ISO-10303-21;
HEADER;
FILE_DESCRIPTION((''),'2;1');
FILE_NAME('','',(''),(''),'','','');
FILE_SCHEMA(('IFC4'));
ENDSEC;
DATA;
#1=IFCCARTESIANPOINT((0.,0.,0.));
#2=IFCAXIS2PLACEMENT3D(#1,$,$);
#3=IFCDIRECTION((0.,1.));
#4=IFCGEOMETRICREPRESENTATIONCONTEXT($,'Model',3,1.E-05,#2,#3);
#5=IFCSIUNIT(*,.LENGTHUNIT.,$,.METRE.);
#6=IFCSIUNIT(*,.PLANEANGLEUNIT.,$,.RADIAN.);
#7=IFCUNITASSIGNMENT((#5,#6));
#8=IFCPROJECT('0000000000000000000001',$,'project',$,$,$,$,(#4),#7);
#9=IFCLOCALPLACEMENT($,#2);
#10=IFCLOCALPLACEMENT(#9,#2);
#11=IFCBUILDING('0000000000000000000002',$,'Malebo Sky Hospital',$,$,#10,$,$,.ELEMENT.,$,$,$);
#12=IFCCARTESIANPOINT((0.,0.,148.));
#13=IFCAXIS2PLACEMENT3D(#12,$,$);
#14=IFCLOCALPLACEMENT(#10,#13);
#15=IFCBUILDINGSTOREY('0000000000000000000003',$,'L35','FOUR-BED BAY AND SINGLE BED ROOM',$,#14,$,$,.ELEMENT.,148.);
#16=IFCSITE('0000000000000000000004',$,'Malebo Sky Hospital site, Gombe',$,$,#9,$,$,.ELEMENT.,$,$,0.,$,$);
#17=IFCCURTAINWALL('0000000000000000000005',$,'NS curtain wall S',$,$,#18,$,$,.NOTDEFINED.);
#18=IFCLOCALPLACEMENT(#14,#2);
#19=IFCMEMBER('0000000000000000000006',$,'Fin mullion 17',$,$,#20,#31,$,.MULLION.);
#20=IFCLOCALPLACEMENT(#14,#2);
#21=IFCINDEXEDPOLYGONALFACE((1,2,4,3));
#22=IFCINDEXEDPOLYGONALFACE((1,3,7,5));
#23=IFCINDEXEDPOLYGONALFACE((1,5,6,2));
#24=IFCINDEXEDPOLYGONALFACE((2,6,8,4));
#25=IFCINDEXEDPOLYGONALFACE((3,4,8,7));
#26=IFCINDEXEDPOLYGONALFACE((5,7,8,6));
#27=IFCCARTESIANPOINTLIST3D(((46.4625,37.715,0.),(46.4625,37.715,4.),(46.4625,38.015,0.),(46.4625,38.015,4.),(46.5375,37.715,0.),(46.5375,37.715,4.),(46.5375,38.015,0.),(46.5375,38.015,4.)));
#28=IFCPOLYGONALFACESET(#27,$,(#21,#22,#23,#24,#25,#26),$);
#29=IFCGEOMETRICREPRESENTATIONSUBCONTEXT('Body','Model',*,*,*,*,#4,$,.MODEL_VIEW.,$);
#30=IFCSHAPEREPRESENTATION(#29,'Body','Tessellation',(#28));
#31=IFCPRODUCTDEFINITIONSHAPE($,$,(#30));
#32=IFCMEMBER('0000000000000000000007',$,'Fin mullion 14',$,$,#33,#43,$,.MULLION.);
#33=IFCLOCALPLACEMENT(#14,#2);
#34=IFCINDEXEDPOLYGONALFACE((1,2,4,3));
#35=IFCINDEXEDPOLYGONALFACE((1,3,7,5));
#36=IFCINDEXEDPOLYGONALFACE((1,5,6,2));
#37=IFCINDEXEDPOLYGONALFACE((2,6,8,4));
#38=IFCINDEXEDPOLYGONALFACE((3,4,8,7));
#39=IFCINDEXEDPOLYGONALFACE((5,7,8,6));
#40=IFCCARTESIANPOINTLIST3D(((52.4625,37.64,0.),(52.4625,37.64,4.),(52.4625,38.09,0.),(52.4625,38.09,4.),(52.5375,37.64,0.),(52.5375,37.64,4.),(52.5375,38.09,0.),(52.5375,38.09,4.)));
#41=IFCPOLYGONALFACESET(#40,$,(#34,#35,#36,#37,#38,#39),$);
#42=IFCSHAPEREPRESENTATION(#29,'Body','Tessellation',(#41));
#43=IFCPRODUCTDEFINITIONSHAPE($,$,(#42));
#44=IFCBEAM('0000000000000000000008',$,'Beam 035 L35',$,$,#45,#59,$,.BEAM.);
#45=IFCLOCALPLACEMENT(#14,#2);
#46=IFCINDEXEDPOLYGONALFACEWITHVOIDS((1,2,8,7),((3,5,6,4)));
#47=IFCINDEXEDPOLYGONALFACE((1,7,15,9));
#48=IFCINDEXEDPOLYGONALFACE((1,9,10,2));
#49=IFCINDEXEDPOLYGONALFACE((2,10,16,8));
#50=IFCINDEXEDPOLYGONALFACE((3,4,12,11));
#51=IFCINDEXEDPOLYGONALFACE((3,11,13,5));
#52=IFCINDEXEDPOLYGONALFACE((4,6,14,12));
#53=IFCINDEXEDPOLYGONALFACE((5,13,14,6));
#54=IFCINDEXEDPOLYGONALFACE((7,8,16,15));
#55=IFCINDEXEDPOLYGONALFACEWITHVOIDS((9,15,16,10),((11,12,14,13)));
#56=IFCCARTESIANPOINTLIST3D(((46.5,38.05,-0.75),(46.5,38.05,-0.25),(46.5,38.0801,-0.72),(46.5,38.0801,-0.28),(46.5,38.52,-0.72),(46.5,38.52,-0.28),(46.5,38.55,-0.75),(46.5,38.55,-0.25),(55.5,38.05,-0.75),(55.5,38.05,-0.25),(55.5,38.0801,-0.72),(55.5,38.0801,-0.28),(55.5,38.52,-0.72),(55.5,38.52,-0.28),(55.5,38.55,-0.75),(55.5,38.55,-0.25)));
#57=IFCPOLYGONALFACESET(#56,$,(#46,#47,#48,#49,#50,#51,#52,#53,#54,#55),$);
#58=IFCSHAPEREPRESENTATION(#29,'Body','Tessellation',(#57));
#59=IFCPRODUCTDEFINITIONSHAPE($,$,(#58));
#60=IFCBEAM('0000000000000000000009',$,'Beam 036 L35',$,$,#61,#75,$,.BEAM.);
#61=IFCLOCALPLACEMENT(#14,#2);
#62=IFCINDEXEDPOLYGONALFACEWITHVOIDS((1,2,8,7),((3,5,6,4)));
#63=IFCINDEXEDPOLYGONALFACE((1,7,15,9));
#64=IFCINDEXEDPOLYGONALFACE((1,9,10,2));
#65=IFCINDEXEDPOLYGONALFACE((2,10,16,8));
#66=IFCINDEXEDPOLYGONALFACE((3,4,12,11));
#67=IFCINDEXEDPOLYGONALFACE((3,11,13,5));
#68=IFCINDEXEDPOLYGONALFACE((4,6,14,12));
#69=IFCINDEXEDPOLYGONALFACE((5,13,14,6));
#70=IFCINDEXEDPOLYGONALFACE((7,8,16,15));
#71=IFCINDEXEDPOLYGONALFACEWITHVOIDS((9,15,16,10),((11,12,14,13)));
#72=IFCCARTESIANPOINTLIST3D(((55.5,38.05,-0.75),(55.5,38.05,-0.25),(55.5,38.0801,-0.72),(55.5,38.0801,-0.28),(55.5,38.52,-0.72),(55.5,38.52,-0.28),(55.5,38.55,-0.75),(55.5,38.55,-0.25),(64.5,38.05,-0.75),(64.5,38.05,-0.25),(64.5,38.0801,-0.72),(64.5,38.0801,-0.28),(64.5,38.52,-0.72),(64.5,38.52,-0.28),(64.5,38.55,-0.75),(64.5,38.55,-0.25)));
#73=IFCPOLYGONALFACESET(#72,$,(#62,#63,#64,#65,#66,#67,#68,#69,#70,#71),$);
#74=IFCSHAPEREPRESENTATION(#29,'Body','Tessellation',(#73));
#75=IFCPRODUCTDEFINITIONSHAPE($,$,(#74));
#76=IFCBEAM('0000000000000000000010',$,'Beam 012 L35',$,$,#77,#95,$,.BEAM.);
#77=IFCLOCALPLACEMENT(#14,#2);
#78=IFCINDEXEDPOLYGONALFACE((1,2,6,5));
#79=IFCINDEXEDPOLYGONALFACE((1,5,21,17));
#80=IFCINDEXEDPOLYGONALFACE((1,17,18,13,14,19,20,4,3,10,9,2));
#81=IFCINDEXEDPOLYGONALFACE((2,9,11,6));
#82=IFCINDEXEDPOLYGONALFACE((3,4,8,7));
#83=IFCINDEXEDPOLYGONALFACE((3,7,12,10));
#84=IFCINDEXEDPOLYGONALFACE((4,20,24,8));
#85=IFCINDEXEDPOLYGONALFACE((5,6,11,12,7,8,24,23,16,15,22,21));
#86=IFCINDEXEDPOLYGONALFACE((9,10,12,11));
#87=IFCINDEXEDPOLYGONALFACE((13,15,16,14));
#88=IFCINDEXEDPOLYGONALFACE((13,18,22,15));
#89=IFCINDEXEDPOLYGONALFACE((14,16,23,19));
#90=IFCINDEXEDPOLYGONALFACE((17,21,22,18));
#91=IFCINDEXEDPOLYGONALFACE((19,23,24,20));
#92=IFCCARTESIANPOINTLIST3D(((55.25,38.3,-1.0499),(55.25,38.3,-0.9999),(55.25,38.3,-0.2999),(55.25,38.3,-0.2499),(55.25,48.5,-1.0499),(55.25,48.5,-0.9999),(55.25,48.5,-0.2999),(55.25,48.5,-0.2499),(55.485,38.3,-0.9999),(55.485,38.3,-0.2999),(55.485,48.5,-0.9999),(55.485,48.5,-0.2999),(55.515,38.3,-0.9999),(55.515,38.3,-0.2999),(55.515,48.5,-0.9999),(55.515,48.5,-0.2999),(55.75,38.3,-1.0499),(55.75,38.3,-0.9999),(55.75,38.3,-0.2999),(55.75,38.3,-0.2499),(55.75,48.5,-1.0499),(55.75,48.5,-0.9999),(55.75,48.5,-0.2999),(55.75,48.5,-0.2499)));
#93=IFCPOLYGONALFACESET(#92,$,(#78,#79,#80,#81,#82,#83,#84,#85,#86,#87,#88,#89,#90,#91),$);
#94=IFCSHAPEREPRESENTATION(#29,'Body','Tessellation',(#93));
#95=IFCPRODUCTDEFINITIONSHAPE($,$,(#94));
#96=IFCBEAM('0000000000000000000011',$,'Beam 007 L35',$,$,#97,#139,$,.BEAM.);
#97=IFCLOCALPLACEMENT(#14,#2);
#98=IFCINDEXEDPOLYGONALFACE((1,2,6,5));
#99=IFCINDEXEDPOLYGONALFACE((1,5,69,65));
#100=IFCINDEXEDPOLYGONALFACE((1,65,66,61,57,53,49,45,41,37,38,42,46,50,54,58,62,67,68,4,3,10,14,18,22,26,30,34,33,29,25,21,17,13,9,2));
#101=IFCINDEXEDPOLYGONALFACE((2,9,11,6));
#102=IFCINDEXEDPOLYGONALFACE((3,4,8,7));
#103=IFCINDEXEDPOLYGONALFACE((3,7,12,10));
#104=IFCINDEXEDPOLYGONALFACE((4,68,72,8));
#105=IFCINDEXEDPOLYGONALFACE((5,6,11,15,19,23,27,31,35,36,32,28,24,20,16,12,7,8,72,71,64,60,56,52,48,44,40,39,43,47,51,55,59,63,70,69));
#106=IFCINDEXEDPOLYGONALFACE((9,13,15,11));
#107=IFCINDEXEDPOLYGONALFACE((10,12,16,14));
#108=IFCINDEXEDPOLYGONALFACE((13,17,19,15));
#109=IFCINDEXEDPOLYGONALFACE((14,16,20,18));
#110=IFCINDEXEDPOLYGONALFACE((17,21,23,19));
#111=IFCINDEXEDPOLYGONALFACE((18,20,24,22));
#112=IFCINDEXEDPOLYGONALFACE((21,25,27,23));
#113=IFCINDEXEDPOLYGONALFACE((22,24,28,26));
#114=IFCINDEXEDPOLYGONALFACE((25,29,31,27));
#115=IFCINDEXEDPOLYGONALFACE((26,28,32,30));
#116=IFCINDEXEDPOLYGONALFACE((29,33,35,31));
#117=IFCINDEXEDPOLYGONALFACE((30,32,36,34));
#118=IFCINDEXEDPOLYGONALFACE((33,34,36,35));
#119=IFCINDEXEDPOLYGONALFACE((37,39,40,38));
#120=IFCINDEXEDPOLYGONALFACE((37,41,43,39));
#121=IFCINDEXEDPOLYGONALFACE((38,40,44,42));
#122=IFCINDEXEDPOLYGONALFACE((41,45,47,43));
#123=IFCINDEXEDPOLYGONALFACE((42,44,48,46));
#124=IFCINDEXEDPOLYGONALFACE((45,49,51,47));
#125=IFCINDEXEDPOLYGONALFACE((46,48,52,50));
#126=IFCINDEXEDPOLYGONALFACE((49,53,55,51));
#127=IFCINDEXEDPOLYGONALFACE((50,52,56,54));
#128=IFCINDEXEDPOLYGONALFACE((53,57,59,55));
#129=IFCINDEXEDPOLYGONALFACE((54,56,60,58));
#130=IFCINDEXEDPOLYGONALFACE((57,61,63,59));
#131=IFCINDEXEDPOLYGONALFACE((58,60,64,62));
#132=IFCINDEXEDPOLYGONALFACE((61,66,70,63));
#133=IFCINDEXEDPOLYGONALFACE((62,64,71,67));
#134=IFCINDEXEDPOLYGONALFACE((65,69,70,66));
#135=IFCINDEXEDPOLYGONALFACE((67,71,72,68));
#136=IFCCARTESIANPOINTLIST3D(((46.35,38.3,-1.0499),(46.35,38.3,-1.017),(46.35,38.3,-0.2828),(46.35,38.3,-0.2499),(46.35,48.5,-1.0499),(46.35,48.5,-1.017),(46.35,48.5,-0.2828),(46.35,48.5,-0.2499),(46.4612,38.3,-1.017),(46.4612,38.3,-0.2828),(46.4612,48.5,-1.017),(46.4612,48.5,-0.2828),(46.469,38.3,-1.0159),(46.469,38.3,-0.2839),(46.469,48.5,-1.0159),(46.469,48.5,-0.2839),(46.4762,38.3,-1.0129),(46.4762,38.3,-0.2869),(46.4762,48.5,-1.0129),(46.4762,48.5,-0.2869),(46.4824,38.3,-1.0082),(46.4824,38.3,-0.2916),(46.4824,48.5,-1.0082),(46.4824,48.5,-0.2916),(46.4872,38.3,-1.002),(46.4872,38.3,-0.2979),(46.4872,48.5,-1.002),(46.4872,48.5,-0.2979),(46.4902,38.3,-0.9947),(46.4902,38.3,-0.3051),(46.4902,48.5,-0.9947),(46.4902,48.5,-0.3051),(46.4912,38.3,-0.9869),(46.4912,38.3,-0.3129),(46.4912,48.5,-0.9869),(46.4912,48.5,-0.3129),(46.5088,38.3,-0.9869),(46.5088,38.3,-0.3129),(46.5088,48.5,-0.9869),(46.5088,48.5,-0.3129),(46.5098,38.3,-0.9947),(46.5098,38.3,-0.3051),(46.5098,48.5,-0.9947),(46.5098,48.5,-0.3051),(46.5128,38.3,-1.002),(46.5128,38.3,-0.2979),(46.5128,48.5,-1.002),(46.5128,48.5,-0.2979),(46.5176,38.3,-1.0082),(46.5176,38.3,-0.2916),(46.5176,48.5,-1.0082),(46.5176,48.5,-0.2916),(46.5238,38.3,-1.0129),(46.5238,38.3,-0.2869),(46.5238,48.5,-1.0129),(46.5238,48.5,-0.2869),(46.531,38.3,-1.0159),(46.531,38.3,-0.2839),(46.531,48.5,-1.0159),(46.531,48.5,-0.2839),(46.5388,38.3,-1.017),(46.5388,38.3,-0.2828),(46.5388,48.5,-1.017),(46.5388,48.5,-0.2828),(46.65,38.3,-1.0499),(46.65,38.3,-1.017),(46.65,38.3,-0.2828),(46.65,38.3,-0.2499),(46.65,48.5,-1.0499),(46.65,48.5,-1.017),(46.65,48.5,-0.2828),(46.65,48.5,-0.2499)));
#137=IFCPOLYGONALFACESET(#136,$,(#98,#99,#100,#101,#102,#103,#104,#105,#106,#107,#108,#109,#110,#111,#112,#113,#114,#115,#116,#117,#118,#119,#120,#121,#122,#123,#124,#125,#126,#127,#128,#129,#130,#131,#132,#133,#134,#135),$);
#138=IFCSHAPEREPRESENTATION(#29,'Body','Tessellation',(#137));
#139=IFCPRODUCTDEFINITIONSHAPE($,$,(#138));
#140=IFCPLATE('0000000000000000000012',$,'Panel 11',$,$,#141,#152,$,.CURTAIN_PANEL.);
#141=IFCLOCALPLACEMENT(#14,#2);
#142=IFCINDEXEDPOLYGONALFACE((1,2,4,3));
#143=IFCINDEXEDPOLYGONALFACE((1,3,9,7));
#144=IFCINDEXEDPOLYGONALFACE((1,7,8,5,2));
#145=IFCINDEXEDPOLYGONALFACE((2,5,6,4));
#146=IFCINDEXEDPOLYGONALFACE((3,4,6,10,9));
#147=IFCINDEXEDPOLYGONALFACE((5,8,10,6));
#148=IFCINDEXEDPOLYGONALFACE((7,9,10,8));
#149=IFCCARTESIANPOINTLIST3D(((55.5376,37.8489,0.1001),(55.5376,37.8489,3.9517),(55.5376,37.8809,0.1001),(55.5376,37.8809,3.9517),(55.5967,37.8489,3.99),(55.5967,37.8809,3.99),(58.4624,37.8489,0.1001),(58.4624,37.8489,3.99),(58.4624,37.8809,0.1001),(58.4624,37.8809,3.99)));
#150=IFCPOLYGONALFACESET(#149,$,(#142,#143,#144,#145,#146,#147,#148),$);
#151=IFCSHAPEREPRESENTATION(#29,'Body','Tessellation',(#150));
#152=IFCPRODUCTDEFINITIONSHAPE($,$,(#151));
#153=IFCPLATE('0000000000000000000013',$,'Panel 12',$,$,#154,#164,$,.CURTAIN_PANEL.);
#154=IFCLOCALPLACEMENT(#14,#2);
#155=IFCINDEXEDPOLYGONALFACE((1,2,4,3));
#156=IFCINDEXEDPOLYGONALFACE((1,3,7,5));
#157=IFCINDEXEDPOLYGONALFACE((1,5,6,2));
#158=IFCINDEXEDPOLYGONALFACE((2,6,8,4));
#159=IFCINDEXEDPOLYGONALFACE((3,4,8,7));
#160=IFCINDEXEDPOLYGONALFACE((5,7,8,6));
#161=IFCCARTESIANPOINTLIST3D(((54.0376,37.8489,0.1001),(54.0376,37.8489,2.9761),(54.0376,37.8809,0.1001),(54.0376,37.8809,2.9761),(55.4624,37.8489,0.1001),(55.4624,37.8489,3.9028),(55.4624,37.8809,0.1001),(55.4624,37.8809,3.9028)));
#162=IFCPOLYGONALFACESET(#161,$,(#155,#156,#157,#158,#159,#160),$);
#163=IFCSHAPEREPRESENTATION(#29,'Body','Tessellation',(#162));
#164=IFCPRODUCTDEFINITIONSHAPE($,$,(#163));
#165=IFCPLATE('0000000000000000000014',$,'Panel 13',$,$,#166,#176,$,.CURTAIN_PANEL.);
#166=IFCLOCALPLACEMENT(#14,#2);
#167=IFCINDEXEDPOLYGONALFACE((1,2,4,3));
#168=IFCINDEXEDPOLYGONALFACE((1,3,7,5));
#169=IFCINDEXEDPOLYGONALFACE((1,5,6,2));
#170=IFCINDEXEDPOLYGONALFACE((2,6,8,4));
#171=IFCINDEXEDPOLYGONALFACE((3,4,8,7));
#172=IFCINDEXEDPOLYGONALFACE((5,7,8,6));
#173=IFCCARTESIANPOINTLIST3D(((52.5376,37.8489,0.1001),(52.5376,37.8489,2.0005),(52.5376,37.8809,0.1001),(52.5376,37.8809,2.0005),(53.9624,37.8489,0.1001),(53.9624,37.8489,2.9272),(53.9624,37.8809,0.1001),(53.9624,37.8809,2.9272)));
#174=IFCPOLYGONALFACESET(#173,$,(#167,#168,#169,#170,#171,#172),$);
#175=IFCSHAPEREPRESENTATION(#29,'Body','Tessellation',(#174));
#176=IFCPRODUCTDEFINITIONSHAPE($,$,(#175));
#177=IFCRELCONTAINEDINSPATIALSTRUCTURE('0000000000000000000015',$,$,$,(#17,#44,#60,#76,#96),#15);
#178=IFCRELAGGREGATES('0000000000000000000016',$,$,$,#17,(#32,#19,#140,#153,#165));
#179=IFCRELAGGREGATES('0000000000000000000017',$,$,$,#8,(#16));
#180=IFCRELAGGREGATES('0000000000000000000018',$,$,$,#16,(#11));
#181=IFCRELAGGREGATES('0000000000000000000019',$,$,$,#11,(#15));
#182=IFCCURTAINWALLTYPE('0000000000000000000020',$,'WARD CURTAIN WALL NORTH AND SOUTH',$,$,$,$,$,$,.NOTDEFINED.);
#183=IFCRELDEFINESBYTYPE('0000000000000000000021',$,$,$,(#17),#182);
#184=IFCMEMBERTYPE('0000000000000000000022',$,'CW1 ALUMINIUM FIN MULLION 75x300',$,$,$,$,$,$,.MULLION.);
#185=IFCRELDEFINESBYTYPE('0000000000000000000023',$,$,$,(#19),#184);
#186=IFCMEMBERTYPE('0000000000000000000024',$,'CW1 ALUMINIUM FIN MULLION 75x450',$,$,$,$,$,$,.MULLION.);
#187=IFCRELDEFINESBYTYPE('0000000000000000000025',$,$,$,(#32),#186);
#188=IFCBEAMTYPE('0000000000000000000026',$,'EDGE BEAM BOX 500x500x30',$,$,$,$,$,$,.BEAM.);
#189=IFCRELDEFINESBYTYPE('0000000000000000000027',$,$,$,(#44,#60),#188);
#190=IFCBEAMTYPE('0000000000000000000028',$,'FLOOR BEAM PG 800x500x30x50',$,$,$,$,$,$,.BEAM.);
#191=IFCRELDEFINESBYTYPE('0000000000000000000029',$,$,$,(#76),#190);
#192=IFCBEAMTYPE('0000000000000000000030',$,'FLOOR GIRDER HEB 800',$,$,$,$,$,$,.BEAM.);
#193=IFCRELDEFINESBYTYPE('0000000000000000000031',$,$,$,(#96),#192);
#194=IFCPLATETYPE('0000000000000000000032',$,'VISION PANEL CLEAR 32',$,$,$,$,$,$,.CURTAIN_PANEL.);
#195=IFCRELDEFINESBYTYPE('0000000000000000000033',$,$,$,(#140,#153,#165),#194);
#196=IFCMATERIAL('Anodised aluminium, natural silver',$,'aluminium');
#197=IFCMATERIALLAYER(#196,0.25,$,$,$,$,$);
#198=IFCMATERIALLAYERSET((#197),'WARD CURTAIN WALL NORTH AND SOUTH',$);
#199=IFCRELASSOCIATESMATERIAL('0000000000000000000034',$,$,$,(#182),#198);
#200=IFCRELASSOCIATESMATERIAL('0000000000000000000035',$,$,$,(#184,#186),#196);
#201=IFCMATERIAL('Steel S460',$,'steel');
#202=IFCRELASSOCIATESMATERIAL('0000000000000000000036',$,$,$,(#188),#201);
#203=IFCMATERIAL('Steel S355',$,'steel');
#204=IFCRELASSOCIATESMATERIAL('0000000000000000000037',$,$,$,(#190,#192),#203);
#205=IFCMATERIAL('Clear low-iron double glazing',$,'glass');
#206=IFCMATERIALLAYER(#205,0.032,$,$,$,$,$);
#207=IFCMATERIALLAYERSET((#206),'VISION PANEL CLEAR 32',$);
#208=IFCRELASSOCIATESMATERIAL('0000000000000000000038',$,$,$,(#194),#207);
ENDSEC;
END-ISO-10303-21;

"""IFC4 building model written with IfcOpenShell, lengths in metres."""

from ifc_helpers import new_model, si_unit, direction, frame, origin, origin_2d, place, context, subcontext, project, spatial, polyline, rectangle, hollow_rectangle, i_section, outline, extrude, material, layer, layer_set, material_profile, profile_set, type_object, element, aggregate, save


model = new_model("IFC4")

# Units and contexts
model_context = context("Model", 3, precision=1e-05, world=origin(), true_north=direction((0.0, 1.0)))
body_context = subcontext(model_context, "Body", "Model", "MODEL_VIEW")
ifc_project = project(units=[si_unit("LENGTHUNIT", "METRE"), si_unit("PLANEANGLEUNIT", "RADIAN")], contexts=[model_context])

# Site, building, storey
site_placement = place(None, origin())
site = spatial("IfcSite", under=ifc_project, at=site_placement, Name="Malebo Sky Hospital site, Gombe", CompositionType="ELEMENT", RefElevation=0.0)
building_placement = place(site_placement, origin())
building = spatial("IfcBuilding", under=site, at=building_placement, Name="Malebo Sky Hospital", CompositionType="ELEMENT")
storey_placement = place(building_placement, frame((0.0, 0.0, 148.0)))
storey = spatial("IfcBuildingStorey", under=building, at=storey_placement, Name="L35", Description="FOUR-BED BAY AND SINGLE BED ROOM", CompositionType="ELEMENT", Elevation=148.0)

# Shared definitions
ifc_material_1 = material(Name="Steel S460", Category="steel")

# Curtain wall
ifc_material_2 = material(Name="Anodised aluminium, natural silver", Category="aluminium")
ifc_layer_1 = layer(ifc_material_2, 0.25)
ifc_layer_set_1 = layer_set([ifc_layer_1], Name="WARD CURTAIN WALL NORTH AND SOUTH")
curtain_wall_type = type_object("IfcCurtainWallType", Name="WARD CURTAIN WALL NORTH AND SOUTH", PredefinedType="NOTDEFINED", material=ifc_layer_set_1)
curtain_wall_placement = place(storey_placement, origin())
curtain_wall = element("IfcCurtainWall", 1, at=curtain_wall_placement, inside=storey, type_object=curtain_wall_type, Name="NS curtain wall S", PredefinedType="NOTDEFINED")

# Members
ifc_material_3 = material(Name="Steel S355", Category="steel")
ifc_material_profile_1 = material_profile(ifc_material_2, rectangle(XDim=0.075, YDim=0.3, at=origin_2d()), Name="CW1 ALUMINIUM FIN MULLION 75x300")
ifc_profile_set_1 = profile_set([ifc_material_profile_1], Name="Anodised aluminium, natural silver")
member_type_1 = type_object("IfcMemberType", Name="CW1 ALUMINIUM FIN MULLION 75x300", PredefinedType="MULLION", material=ifc_profile_set_1)
member_1_placement = place(storey_placement, frame((46.5, 37.865, 0.0), z_axis=(0.0, 0.0, 1.0), x_axis=(-1.0, 0.0, 0.0)))
member_1 = element("IfcMember", 2, at=member_1_placement, type_object=member_type_1, Name="Fin mullion 17", PredefinedType="MULLION", context=body_context, shape_type="SweptSolid", body=[
    extrude(rectangle(XDim=0.075, YDim=0.3, at=origin_2d()), origin(), (0.0, 0.0, 1.0), 4.0),
])
ifc_material_profile_2 = material_profile(ifc_material_2, rectangle(XDim=0.075, YDim=0.45, at=origin_2d()), Name="CW1 ALUMINIUM FIN MULLION 75x450")
ifc_profile_set_2 = profile_set([ifc_material_profile_2], Name="Anodised aluminium, natural silver")
member_type_2 = type_object("IfcMemberType", Name="CW1 ALUMINIUM FIN MULLION 75x450", PredefinedType="MULLION", material=ifc_profile_set_2)
member_2_placement = place(storey_placement, frame((52.5, 37.865, 0.0), z_axis=(0.0, 0.0, 1.0), x_axis=(-1.0, 0.0, 0.0)))
member_2 = element("IfcMember", 3, at=member_2_placement, type_object=member_type_2, Name="Fin mullion 14", PredefinedType="MULLION", context=body_context, shape_type="SweptSolid", body=[
    extrude(rectangle(XDim=0.075, YDim=0.45, at=origin_2d()), origin(), (0.0, 0.0, 1.0), 4.0),
])

# Beams
ifc_material_profile_3 = material_profile(ifc_material_1, hollow_rectangle(XDim=0.5, YDim=0.5, WallThickness=0.03, at=origin_2d()), Name="BOX 500x500x30")
ifc_profile_set_3 = profile_set([ifc_material_profile_3], Name="Steel S460")
beam_type_1 = type_object("IfcBeamType", Name="EDGE BEAM BOX 500x500x30", PredefinedType="BEAM", material=ifc_profile_set_3)
for number, where, z_axis, x_axis, name in (
    (4, (46.5, 38.3, -0.5), (1.0, 0.0, 0.0), (0.0, 1.0, 0.0), "Beam 035 L35"),
    (5, (55.5, 38.3, -0.5), (1.0, 0.0, 0.0), (0.0, 1.0, 0.0), "Beam 036 L35"),
):
    element("IfcBeam", number, at=place(storey_placement, frame(where, z_axis=z_axis, x_axis=x_axis)), inside=storey, type_object=beam_type_1, Name=name, PredefinedType="BEAM", context=body_context, shape_type="SweptSolid", body=[
        extrude(hollow_rectangle(XDim=0.5, YDim=0.5, WallThickness=0.03, at=origin_2d()), origin(), (0.0, 0.0, 1.0), 9.0),
    ])
ifc_material_profile_4 = material_profile(ifc_material_3, i_section(OverallWidth=0.5, OverallDepth=0.8, WebThickness=0.03, FlangeThickness=0.05, at=origin_2d()), Name="PG 800x500x30x50")
ifc_profile_set_4 = profile_set([ifc_material_profile_4], Name="Steel S355")
beam_type_2 = type_object("IfcBeamType", Name="FLOOR BEAM PG 800x500x30x50", PredefinedType="BEAM", material=ifc_profile_set_4)
beam_1_placement = place(storey_placement, frame((55.5, 38.3, -0.6499), z_axis=(0.0, 1.0, 0.0), x_axis=(-1.0, 0.0, 0.0)))
element("IfcBeam", 6, at=beam_1_placement, inside=storey, type_object=beam_type_2, Name="Beam 012 L35", PredefinedType="BEAM", context=body_context, shape_type="SweptSolid", body=[
    extrude(i_section(OverallWidth=0.5, OverallDepth=0.8, WebThickness=0.03, FlangeThickness=0.05, at=origin_2d()), origin(), (0.0, 0.0, 1.0), 10.2),
])
ifc_material_profile_5 = material_profile(ifc_material_3, i_section(OverallWidth=0.3, OverallDepth=0.8, WebThickness=0.0176, FlangeThickness=0.033, FilletRadius=0.03, at=origin_2d()), Name="HEB 800")
ifc_profile_set_5 = profile_set([ifc_material_profile_5], Name="Steel S355")
beam_type_3 = type_object("IfcBeamType", Name="FLOOR GIRDER HEB 800", PredefinedType="BEAM", material=ifc_profile_set_5)
beam_2_placement = place(storey_placement, frame((46.5, 38.3, -0.6499), z_axis=(0.0, 1.0, 0.0), x_axis=(-1.0, 0.0, 0.0)))
element("IfcBeam", 7, at=beam_2_placement, inside=storey, type_object=beam_type_3, Name="Beam 007 L35", PredefinedType="BEAM", context=body_context, shape_type="SweptSolid", body=[
    extrude(i_section(OverallWidth=0.3, OverallDepth=0.8, WebThickness=0.0176, FlangeThickness=0.033, FilletRadius=0.03, at=origin_2d()), origin(), (0.0, 0.0, 1.0), 10.2),
])

# Plates
ifc_material_4 = material(Name="Clear low-iron double glazing", Category="glass")
ifc_layer_2 = layer(ifc_material_4, 0.032)
ifc_layer_set_2 = layer_set([ifc_layer_2], Name="VISION PANEL CLEAR 32")
plate_type = type_object("IfcPlateType", Name="VISION PANEL CLEAR 32", PredefinedType="CURTAIN_PANEL", material=ifc_layer_set_2)
plate_1_placement = place(storey_placement, frame((57.0, 37.865, 0.1001), z_axis=(0.0, 0.0, 1.0), x_axis=(-1.0, 0.0, 0.0)))
plate_1 = element("IfcPlate", 8, at=plate_1_placement, type_object=plate_type, Name="Panel 11", PredefinedType="CURTAIN_PANEL", context=body_context, shape_type="SweptSolid", body=[
    extrude(outline(polyline([(-1.4624, 0.0), (1.4624, 0.0), (1.4624, 3.8516), (1.4033, 3.8899), (-1.4624, 3.8899), (-1.4624, 0.0)])), frame((0.0, 0.0161, 0.0), z_axis=(0.0, -1.0, 0.0), x_axis=(1.0, 0.0, 0.0)), (0.0, 0.0, 1.0), 0.032),
])
plate_2_placement = place(storey_placement, frame((54.75, 37.865, 0.1001), z_axis=(0.0, 0.0, 1.0), x_axis=(-1.0, 0.0, 0.0)))
plate_2 = element("IfcPlate", 9, at=plate_2_placement, type_object=plate_type, Name="Panel 12", PredefinedType="CURTAIN_PANEL", context=body_context, shape_type="SweptSolid", body=[
    extrude(outline(polyline([(-0.7124, 0.0), (0.7124, 0.0), (0.7124, 2.876), (-0.7124, 3.8027), (-0.7124, 0.0)])), frame((0.0, 0.0161, 0.0), z_axis=(0.0, -1.0, 0.0), x_axis=(1.0, 0.0, 0.0)), (0.0, 0.0, 1.0), 0.032),
])
plate_3_placement = place(storey_placement, frame((53.25, 37.865, 0.1001), z_axis=(0.0, 0.0, 1.0), x_axis=(-1.0, 0.0, 0.0)))
plate_3 = element("IfcPlate", 10, at=plate_3_placement, type_object=plate_type, Name="Panel 13", PredefinedType="CURTAIN_PANEL", context=body_context, shape_type="SweptSolid", body=[
    extrude(outline(polyline([(-0.7124, 0.0), (0.7124, 0.0), (0.7124, 1.9004), (-0.7124, 2.8271), (-0.7124, 0.0)])), frame((0.0, 0.0161, 0.0), z_axis=(0.0, -1.0, 0.0), x_axis=(1.0, 0.0, 0.0)), (0.0, 0.0, 1.0), 0.032),
])
aggregate(curtain_wall, [member_2, member_1, plate_1, plate_2, plate_3])

save(model, "model.ifc")
